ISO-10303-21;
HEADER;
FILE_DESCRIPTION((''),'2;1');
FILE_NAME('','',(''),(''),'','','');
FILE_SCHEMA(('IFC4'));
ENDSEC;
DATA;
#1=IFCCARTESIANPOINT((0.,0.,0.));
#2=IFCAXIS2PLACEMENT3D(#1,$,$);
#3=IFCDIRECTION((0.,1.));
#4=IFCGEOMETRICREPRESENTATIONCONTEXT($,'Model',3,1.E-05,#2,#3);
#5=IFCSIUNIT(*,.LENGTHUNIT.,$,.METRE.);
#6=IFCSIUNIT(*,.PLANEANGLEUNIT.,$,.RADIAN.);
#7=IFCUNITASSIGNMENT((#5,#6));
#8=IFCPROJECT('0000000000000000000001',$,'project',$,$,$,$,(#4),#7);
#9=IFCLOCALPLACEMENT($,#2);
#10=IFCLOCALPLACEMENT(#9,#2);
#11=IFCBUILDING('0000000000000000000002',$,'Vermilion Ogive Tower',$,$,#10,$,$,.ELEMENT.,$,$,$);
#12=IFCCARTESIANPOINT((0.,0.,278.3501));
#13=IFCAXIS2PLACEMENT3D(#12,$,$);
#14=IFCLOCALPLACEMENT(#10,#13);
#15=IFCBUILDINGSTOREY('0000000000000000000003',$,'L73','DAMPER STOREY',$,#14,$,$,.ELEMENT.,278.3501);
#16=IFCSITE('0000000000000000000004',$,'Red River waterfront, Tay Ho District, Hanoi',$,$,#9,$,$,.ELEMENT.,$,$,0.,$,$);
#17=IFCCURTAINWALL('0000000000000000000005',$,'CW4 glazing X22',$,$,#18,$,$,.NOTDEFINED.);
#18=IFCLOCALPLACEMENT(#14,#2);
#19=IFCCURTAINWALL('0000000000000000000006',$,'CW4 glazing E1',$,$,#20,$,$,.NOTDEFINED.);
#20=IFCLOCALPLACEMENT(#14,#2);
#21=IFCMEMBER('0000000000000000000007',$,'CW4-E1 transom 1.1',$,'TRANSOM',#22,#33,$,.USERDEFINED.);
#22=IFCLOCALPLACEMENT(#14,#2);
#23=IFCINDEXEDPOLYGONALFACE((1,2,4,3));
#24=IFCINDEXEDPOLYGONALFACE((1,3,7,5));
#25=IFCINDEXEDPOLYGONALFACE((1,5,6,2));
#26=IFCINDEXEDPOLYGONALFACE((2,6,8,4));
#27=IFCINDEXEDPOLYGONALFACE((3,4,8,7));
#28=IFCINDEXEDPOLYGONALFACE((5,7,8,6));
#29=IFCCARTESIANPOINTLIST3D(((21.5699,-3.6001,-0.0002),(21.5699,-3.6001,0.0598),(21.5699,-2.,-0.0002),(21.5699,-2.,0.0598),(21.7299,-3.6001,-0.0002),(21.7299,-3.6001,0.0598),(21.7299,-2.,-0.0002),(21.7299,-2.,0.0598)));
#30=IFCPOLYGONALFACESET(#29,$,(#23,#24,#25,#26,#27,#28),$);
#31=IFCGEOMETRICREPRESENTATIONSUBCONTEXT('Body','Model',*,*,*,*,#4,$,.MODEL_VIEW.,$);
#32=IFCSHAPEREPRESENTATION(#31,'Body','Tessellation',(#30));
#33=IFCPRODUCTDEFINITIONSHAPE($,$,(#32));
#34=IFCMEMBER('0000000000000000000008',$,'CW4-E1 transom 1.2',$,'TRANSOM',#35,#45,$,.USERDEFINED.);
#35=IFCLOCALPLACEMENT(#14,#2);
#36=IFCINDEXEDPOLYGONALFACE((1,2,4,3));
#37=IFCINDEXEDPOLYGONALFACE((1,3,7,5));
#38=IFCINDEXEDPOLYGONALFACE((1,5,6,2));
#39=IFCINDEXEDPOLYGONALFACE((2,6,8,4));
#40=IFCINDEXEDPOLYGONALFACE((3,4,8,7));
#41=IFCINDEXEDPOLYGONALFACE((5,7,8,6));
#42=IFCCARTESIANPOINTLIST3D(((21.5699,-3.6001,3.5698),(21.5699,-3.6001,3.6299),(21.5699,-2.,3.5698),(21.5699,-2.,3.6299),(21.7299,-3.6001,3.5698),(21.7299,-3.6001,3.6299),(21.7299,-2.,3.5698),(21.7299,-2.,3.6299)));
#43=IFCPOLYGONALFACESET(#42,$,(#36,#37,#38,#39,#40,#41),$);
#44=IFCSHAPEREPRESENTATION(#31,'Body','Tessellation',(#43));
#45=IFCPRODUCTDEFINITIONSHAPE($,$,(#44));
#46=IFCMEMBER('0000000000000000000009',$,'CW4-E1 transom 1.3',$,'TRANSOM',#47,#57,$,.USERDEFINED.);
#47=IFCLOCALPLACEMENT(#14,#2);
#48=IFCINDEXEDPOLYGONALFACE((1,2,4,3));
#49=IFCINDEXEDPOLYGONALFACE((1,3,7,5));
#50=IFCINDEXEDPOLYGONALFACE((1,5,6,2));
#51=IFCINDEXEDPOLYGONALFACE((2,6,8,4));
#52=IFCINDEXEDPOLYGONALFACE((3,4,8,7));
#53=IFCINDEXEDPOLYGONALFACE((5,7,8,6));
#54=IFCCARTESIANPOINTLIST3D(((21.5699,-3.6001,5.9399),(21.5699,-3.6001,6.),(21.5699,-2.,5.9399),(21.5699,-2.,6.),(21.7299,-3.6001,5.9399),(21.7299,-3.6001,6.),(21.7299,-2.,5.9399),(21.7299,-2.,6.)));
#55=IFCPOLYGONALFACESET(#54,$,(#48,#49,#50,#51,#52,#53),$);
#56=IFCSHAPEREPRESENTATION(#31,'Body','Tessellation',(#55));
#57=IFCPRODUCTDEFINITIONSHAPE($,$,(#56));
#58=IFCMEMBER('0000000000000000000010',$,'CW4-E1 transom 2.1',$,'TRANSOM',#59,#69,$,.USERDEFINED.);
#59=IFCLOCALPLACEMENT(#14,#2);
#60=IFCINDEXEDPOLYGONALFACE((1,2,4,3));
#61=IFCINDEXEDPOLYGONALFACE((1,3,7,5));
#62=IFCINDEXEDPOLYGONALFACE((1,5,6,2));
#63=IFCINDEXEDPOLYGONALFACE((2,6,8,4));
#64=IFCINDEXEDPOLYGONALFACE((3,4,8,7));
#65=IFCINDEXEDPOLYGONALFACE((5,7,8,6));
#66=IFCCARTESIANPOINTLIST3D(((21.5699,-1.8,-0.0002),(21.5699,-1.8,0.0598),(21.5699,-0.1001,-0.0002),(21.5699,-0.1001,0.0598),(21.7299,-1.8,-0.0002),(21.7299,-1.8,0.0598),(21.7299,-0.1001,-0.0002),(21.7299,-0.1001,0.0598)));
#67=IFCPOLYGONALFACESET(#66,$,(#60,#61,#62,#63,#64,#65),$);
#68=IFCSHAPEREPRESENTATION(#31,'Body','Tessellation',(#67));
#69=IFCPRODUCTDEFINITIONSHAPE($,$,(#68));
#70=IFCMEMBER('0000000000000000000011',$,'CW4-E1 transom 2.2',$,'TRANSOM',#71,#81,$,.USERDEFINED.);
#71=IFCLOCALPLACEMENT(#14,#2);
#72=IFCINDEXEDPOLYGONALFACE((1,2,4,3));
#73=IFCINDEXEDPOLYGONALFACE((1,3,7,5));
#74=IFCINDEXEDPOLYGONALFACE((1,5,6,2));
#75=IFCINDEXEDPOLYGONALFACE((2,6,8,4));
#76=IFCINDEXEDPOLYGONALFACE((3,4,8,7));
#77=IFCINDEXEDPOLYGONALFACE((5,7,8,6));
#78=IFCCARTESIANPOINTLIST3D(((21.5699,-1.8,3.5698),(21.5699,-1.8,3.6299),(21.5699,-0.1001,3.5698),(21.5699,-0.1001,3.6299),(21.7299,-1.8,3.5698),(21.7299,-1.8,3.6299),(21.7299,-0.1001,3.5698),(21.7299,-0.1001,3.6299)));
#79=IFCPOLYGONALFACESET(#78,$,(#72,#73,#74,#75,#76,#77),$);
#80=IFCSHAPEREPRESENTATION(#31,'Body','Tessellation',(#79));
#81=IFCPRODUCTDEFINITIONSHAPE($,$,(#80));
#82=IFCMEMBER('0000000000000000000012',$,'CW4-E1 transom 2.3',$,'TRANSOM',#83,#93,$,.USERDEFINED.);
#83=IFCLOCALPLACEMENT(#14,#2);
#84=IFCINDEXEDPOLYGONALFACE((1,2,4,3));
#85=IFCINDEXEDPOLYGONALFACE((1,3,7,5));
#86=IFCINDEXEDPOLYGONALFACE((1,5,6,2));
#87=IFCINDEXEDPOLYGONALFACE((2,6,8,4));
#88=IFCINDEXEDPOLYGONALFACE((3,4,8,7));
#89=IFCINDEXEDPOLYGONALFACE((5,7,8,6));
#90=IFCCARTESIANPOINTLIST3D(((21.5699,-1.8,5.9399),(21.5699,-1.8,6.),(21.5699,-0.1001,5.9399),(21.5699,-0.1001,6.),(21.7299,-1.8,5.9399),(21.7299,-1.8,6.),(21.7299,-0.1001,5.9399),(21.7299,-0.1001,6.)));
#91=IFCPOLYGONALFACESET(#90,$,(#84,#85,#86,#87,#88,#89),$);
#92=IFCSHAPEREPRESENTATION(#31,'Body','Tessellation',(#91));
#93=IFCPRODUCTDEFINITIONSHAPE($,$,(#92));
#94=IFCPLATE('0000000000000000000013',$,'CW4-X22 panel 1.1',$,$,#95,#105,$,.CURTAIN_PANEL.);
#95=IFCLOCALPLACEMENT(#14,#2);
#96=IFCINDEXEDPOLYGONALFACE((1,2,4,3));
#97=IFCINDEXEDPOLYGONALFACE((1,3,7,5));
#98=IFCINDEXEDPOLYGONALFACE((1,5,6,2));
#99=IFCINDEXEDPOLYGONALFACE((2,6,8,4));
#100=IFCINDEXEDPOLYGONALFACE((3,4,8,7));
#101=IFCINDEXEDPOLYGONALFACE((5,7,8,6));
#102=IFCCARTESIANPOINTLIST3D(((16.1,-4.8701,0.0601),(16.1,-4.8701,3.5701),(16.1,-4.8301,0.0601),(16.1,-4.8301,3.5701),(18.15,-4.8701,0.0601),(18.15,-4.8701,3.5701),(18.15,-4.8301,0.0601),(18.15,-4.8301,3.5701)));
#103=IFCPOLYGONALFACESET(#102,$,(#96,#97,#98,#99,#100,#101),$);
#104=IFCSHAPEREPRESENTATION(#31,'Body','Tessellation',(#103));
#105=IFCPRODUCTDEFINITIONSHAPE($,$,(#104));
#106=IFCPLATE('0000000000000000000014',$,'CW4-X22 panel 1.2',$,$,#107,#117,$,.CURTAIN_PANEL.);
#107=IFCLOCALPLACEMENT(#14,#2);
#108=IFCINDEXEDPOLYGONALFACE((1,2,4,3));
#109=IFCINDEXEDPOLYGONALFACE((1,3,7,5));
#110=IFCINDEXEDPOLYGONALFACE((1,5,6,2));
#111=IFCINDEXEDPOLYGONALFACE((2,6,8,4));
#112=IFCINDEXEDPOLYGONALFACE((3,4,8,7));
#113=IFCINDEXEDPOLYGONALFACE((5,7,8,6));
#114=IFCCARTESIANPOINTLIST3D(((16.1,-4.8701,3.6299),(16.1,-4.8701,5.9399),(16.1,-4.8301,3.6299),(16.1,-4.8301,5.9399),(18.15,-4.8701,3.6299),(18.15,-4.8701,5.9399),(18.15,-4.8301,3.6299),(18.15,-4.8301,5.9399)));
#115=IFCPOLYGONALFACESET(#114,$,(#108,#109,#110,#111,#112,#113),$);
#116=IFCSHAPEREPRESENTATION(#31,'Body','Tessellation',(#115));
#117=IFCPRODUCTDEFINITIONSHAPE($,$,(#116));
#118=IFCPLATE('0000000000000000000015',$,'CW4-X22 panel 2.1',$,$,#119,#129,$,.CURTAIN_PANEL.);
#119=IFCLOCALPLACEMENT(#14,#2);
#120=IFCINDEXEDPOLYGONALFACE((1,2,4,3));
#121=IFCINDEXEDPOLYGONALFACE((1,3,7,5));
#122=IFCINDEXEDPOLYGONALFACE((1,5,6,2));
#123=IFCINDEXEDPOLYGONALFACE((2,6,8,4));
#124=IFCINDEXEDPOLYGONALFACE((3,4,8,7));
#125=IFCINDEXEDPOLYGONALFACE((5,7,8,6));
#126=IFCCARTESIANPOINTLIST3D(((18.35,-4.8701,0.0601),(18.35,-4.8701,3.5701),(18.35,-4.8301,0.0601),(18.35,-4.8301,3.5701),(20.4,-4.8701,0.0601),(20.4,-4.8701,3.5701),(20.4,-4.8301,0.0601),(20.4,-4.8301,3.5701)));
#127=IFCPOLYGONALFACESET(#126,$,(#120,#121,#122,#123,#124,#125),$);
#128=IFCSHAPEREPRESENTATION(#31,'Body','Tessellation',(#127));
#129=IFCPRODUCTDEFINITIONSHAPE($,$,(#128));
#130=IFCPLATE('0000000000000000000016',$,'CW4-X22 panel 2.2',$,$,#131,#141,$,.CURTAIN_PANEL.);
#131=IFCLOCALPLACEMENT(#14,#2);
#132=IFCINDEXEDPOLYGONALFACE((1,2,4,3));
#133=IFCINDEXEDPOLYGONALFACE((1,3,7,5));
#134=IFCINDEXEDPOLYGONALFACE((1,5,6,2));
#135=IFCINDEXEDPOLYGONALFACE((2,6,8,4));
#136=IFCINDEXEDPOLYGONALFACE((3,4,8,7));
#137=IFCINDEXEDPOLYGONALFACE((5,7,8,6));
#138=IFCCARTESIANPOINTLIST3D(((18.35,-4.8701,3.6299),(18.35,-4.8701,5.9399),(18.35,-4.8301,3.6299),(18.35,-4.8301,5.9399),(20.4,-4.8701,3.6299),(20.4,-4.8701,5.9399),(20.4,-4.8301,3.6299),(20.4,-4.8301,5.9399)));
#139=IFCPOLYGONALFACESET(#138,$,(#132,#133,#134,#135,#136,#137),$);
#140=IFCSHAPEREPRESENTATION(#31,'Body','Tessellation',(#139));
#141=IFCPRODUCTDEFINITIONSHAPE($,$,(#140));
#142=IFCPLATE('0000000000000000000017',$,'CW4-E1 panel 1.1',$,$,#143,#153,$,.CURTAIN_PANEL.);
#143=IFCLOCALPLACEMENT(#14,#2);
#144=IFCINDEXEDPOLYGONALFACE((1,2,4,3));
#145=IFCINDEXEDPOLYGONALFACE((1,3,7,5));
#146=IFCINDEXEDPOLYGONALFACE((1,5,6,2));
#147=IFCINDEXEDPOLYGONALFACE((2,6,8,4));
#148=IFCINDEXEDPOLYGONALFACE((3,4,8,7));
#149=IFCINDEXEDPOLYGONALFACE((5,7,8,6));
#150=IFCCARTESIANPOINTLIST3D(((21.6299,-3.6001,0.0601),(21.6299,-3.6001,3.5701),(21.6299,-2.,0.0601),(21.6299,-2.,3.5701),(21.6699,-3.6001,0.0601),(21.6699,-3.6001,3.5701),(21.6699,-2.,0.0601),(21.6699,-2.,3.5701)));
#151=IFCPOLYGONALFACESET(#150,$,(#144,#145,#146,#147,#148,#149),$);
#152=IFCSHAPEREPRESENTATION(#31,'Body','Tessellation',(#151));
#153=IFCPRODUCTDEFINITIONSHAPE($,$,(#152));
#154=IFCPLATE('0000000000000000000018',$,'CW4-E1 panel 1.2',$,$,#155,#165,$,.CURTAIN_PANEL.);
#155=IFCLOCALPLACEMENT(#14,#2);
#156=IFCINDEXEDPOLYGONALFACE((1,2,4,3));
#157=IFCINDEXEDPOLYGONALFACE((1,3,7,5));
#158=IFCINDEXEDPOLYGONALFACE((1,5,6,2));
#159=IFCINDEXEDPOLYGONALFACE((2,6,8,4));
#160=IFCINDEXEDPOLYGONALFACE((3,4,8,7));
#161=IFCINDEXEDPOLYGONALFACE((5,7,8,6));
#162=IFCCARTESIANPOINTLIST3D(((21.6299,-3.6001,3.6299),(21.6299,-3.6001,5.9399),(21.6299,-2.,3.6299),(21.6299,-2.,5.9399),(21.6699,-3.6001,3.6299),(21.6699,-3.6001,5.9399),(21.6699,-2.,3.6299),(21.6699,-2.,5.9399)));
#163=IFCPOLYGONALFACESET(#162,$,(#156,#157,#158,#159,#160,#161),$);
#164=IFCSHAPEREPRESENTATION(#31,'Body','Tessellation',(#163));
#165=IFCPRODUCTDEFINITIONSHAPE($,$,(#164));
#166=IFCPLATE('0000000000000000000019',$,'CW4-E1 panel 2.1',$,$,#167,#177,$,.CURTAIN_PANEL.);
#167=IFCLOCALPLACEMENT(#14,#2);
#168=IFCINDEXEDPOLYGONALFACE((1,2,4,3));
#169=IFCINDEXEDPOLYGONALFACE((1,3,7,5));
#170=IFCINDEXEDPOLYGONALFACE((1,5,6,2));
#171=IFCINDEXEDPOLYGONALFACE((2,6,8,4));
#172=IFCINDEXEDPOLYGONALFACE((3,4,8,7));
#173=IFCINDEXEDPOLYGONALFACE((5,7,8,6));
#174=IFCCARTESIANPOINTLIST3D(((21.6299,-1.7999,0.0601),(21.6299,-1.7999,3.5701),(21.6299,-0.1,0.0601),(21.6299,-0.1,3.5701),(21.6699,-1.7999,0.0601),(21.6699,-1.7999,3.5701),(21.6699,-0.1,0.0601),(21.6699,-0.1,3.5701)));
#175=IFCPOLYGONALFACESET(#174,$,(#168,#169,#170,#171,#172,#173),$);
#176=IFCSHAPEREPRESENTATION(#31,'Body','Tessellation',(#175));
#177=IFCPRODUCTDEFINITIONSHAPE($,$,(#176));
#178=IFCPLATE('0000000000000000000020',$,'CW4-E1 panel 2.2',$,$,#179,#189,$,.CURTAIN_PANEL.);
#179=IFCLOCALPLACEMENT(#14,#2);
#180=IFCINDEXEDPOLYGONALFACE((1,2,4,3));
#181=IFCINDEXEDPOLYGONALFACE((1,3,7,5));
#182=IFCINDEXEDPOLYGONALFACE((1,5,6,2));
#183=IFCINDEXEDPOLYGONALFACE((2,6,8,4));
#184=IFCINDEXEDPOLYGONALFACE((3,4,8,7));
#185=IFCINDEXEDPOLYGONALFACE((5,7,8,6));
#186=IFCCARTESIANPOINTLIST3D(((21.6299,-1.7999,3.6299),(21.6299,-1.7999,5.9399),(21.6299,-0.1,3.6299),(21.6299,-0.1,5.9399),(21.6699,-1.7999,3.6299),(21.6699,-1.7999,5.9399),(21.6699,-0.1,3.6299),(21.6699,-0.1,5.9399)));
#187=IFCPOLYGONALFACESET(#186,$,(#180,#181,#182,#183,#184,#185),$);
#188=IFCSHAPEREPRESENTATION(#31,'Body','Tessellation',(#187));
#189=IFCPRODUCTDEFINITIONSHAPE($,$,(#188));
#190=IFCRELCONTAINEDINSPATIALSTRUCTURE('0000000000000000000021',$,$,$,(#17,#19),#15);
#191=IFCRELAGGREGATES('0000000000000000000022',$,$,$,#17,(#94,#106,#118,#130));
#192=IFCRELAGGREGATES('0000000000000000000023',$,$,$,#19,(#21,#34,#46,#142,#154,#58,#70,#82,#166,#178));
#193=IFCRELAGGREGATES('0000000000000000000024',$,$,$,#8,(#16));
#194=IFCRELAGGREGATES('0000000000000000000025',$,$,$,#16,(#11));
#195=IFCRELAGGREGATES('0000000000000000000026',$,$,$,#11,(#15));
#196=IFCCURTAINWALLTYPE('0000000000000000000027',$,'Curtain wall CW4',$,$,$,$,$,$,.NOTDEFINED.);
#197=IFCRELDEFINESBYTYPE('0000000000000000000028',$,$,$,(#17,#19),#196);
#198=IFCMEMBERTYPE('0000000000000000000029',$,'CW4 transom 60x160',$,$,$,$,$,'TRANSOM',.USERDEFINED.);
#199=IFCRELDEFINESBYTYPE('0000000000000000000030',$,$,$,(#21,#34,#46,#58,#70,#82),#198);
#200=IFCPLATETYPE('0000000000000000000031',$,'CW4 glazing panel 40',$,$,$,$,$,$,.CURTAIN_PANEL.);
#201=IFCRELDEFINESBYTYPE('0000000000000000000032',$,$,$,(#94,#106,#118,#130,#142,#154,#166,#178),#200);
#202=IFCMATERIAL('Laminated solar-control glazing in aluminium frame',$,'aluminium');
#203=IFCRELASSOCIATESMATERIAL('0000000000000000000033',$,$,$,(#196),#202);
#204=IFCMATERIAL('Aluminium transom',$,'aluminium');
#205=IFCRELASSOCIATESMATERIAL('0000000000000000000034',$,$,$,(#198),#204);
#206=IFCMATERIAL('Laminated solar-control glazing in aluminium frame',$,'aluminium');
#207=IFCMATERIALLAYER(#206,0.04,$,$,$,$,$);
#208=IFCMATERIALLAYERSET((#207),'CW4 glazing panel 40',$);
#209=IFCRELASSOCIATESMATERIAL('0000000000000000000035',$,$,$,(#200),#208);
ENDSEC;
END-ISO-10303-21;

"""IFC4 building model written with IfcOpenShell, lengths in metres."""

from ifc_helpers import new_model, si_unit, direction, frame, origin, origin_2d, place, context, subcontext, project, spatial, rectangle, extrude, material, layer, layer_set, material_profile, profile_set, type_object, element, aggregate, save


model = new_model("IFC4")

# Units and contexts
model_context = context("Model", 3, precision=1e-05, world=origin(), true_north=direction((0.0, 1.0)))
body_context = subcontext(model_context, "Body", "Model", "MODEL_VIEW")
ifc_project = project(units=[si_unit("LENGTHUNIT", "METRE"), si_unit("PLANEANGLEUNIT", "RADIAN")], contexts=[model_context])

# Site, building, storey
site_placement = place(None, origin())
site = spatial("IfcSite", under=ifc_project, at=site_placement, Name="Red River waterfront, Tay Ho District, Hanoi", CompositionType="ELEMENT", RefElevation=0.0)
building_placement = place(site_placement, origin())
building = spatial("IfcBuilding", under=site, at=building_placement, Name="Vermilion Ogive Tower", CompositionType="ELEMENT")
storey_placement = place(building_placement, frame((0.0, 0.0, 278.3501)))
storey = spatial("IfcBuildingStorey", under=building, at=storey_placement, Name="L73", Description="DAMPER STOREY", CompositionType="ELEMENT", Elevation=278.3501)

# Shared definitions
ifc_material_1 = material(Name="Laminated solar-control glazing in aluminium frame", Category="aluminium")
curtain_wall_type = type_object("IfcCurtainWallType", Name="Curtain wall CW4", PredefinedType="NOTDEFINED", material=ifc_material_1)

# Curtain walls
curtain_wall_1_placement = place(storey_placement, origin())
curtain_wall_1 = element("IfcCurtainWall", 1, at=curtain_wall_1_placement, inside=storey, type_object=curtain_wall_type, Name="CW4 glazing X22", PredefinedType="NOTDEFINED")
curtain_wall_2_placement = place(storey_placement, origin())
curtain_wall_2 = element("IfcCurtainWall", 2, at=curtain_wall_2_placement, inside=storey, type_object=curtain_wall_type, Name="CW4 glazing E1", PredefinedType="NOTDEFINED")

# Members
ifc_material_2 = material(Name="Aluminium transom", Category="aluminium")
ifc_material_profile_1 = material_profile(ifc_material_2, rectangle(XDim=0.1599, YDim=0.0601, at=origin_2d()), Name="AL 60x160")
ifc_profile_set_1 = profile_set([ifc_material_profile_1], Name="Aluminium transom")
member_type_1 = type_object("IfcMemberType", Name="CW4 transom 60x160", ElementType="TRANSOM", PredefinedType="USERDEFINED", material=ifc_profile_set_1)
member_1_placement = place(storey_placement, frame((21.6499, -3.6001, 0.0298), z_axis=(0.0, 1.0, 0.0), x_axis=(-1.0, 0.0, 0.0)))
member_1 = element("IfcMember", 3, at=member_1_placement, type_object=member_type_1, Name="CW4-E1 transom 1.1", ObjectType="TRANSOM", PredefinedType="USERDEFINED", context=body_context, shape_type="SweptSolid", body=[
    extrude(rectangle(XDim=0.1599, YDim=0.0601, at=origin_2d()), origin(), (0.0, 0.0, 1.0), 1.6001),
])
member_2_placement = place(storey_placement, frame((21.6499, -3.6001, 3.5999), z_axis=(0.0, 1.0, 0.0), x_axis=(-1.0, 0.0, 0.0)))
member_2 = element("IfcMember", 4, at=member_2_placement, type_object=member_type_1, Name="CW4-E1 transom 1.2", ObjectType="TRANSOM", PredefinedType="USERDEFINED", context=body_context, shape_type="SweptSolid", body=[
    extrude(rectangle(XDim=0.1599, YDim=0.0601, at=origin_2d()), origin(), (0.0, 0.0, 1.0), 1.6001),
])
member_3_placement = place(storey_placement, frame((21.6499, -3.6001, 5.97), z_axis=(0.0, 1.0, 0.0), x_axis=(-1.0, 0.0, 0.0)))
member_3 = element("IfcMember", 5, at=member_3_placement, type_object=member_type_1, Name="CW4-E1 transom 1.3", ObjectType="TRANSOM", PredefinedType="USERDEFINED", context=body_context, shape_type="SweptSolid", body=[
    extrude(rectangle(XDim=0.1599, YDim=0.0601, at=origin_2d()), origin(), (0.0, 0.0, 1.0), 1.6001),
])
member_4_placement = place(storey_placement, frame((21.6499, -1.8, 0.0298), z_axis=(0.0, 1.0, 0.0), x_axis=(-1.0, 0.0, 0.0)))
member_4 = element("IfcMember", 6, at=member_4_placement, type_object=member_type_1, Name="CW4-E1 transom 2.1", ObjectType="TRANSOM", PredefinedType="USERDEFINED", context=body_context, shape_type="SweptSolid", body=[
    extrude(rectangle(XDim=0.1599, YDim=0.0601, at=origin_2d()), origin(), (0.0, 0.0, 1.0), 1.7),
])
member_5_placement = place(storey_placement, frame((21.6499, -1.8, 3.5999), z_axis=(0.0, 1.0, 0.0), x_axis=(-1.0, 0.0, 0.0)))
member_5 = element("IfcMember", 7, at=member_5_placement, type_object=member_type_1, Name="CW4-E1 transom 2.2", ObjectType="TRANSOM", PredefinedType="USERDEFINED", context=body_context, shape_type="SweptSolid", body=[
    extrude(rectangle(XDim=0.1599, YDim=0.0601, at=origin_2d()), origin(), (0.0, 0.0, 1.0), 1.7),
])
member_6_placement = place(storey_placement, frame((21.6499, -1.8, 5.97), z_axis=(0.0, 1.0, 0.0), x_axis=(-1.0, 0.0, 0.0)))
member_6 = element("IfcMember", 8, at=member_6_placement, type_object=member_type_1, Name="CW4-E1 transom 2.3", ObjectType="TRANSOM", PredefinedType="USERDEFINED", context=body_context, shape_type="SweptSolid", body=[
    extrude(rectangle(XDim=0.1599, YDim=0.0601, at=origin_2d()), origin(), (0.0, 0.0, 1.0), 1.7),
])

# Plates
ifc_material_3 = material(Name="Laminated solar-control glazing in aluminium frame", Category="aluminium")
ifc_layer_1 = layer(ifc_material_3, 0.04)
ifc_layer_set_1 = layer_set([ifc_layer_1], Name="CW4 glazing panel 40")
plate_type_1 = type_object("IfcPlateType", Name="CW4 glazing panel 40", PredefinedType="CURTAIN_PANEL", material=ifc_layer_set_1)
plate_1_placement = place(storey_placement, frame((17.125, -4.8501, 0.0601), z_axis=(0.0, 0.0, 1.0), x_axis=(1.0, 0.0, 0.0)))
plate_1 = element("IfcPlate", 9, at=plate_1_placement, type_object=plate_type_1, Name="CW4-X22 panel 1.1", PredefinedType="CURTAIN_PANEL", context=body_context, shape_type="SweptSolid", body=[
    extrude(rectangle(XDim=2.05, YDim=0.04, at=origin_2d()), origin(), (0.0, 0.0, 1.0), 3.51),
])
plate_2_placement = place(storey_placement, frame((17.125, -4.8501, 3.6299), z_axis=(0.0, 0.0, 1.0), x_axis=(1.0, 0.0, 0.0)))
plate_2 = element("IfcPlate", 10, at=plate_2_placement, type_object=plate_type_1, Name="CW4-X22 panel 1.2", PredefinedType="CURTAIN_PANEL", context=body_context, shape_type="SweptSolid", body=[
    extrude(rectangle(XDim=2.05, YDim=0.04, at=origin_2d()), origin(), (0.0, 0.0, 1.0), 2.3101),
])
plate_3_placement = place(storey_placement, frame((19.375, -4.8501, 0.0601), z_axis=(0.0, 0.0, 1.0), x_axis=(1.0, 0.0, 0.0)))
plate_3 = element("IfcPlate", 11, at=plate_3_placement, type_object=plate_type_1, Name="CW4-X22 panel 2.1", PredefinedType="CURTAIN_PANEL", context=body_context, shape_type="SweptSolid", body=[
    extrude(rectangle(XDim=2.05, YDim=0.04, at=origin_2d()), origin(), (0.0, 0.0, 1.0), 3.51),
])
plate_4_placement = place(storey_placement, frame((19.375, -4.8501, 3.6299), z_axis=(0.0, 0.0, 1.0), x_axis=(1.0, 0.0, 0.0)))
plate_4 = element("IfcPlate", 12, at=plate_4_placement, type_object=plate_type_1, Name="CW4-X22 panel 2.2", PredefinedType="CURTAIN_PANEL", context=body_context, shape_type="SweptSolid", body=[
    extrude(rectangle(XDim=2.05, YDim=0.04, at=origin_2d()), origin(), (0.0, 0.0, 1.0), 2.3101),
])
aggregate(curtain_wall_1, [plate_1, plate_2, plate_3, plate_4])
plate_5_placement = place(storey_placement, frame((21.6499, -2.8, 0.0601), z_axis=(0.0, 0.0, 1.0), x_axis=(0.0, 1.0, 0.0)))
plate_5 = element("IfcPlate", 13, at=plate_5_placement, type_object=plate_type_1, Name="CW4-E1 panel 1.1", PredefinedType="CURTAIN_PANEL", context=body_context, shape_type="SweptSolid", body=[
    extrude(rectangle(XDim=1.6001, YDim=0.04, at=origin_2d()), origin(), (0.0, 0.0, 1.0), 3.51),
])
plate_6_placement = place(storey_placement, frame((21.6499, -2.8, 3.6299), z_axis=(0.0, 0.0, 1.0), x_axis=(0.0, 1.0, 0.0)))
plate_6 = element("IfcPlate", 14, at=plate_6_placement, type_object=plate_type_1, Name="CW4-E1 panel 1.2", PredefinedType="CURTAIN_PANEL", context=body_context, shape_type="SweptSolid", body=[
    extrude(rectangle(XDim=1.6001, YDim=0.04, at=origin_2d()), origin(), (0.0, 0.0, 1.0), 2.3101),
])
plate_7_placement = place(storey_placement, frame((21.6499, -0.95, 0.0601), z_axis=(0.0, 0.0, 1.0), x_axis=(0.0, 1.0, 0.0)))
plate_7 = element("IfcPlate", 15, at=plate_7_placement, type_object=plate_type_1, Name="CW4-E1 panel 2.1", PredefinedType="CURTAIN_PANEL", context=body_context, shape_type="SweptSolid", body=[
    extrude(rectangle(XDim=1.7, YDim=0.04, at=origin_2d()), origin(), (0.0, 0.0, 1.0), 3.51),
])
plate_8_placement = place(storey_placement, frame((21.6499, -0.95, 3.6299), z_axis=(0.0, 0.0, 1.0), x_axis=(0.0, 1.0, 0.0)))
plate_8 = element("IfcPlate", 16, at=plate_8_placement, type_object=plate_type_1, Name="CW4-E1 panel 2.2", PredefinedType="CURTAIN_PANEL", context=body_context, shape_type="SweptSolid", body=[
    extrude(rectangle(XDim=1.7, YDim=0.04, at=origin_2d()), origin(), (0.0, 0.0, 1.0), 2.3101),
])
aggregate(curtain_wall_2, [member_1, member_2, member_3, plate_5, plate_6, member_4, member_5, member_6, plate_7, plate_8])

save(model, "model.ifc")
